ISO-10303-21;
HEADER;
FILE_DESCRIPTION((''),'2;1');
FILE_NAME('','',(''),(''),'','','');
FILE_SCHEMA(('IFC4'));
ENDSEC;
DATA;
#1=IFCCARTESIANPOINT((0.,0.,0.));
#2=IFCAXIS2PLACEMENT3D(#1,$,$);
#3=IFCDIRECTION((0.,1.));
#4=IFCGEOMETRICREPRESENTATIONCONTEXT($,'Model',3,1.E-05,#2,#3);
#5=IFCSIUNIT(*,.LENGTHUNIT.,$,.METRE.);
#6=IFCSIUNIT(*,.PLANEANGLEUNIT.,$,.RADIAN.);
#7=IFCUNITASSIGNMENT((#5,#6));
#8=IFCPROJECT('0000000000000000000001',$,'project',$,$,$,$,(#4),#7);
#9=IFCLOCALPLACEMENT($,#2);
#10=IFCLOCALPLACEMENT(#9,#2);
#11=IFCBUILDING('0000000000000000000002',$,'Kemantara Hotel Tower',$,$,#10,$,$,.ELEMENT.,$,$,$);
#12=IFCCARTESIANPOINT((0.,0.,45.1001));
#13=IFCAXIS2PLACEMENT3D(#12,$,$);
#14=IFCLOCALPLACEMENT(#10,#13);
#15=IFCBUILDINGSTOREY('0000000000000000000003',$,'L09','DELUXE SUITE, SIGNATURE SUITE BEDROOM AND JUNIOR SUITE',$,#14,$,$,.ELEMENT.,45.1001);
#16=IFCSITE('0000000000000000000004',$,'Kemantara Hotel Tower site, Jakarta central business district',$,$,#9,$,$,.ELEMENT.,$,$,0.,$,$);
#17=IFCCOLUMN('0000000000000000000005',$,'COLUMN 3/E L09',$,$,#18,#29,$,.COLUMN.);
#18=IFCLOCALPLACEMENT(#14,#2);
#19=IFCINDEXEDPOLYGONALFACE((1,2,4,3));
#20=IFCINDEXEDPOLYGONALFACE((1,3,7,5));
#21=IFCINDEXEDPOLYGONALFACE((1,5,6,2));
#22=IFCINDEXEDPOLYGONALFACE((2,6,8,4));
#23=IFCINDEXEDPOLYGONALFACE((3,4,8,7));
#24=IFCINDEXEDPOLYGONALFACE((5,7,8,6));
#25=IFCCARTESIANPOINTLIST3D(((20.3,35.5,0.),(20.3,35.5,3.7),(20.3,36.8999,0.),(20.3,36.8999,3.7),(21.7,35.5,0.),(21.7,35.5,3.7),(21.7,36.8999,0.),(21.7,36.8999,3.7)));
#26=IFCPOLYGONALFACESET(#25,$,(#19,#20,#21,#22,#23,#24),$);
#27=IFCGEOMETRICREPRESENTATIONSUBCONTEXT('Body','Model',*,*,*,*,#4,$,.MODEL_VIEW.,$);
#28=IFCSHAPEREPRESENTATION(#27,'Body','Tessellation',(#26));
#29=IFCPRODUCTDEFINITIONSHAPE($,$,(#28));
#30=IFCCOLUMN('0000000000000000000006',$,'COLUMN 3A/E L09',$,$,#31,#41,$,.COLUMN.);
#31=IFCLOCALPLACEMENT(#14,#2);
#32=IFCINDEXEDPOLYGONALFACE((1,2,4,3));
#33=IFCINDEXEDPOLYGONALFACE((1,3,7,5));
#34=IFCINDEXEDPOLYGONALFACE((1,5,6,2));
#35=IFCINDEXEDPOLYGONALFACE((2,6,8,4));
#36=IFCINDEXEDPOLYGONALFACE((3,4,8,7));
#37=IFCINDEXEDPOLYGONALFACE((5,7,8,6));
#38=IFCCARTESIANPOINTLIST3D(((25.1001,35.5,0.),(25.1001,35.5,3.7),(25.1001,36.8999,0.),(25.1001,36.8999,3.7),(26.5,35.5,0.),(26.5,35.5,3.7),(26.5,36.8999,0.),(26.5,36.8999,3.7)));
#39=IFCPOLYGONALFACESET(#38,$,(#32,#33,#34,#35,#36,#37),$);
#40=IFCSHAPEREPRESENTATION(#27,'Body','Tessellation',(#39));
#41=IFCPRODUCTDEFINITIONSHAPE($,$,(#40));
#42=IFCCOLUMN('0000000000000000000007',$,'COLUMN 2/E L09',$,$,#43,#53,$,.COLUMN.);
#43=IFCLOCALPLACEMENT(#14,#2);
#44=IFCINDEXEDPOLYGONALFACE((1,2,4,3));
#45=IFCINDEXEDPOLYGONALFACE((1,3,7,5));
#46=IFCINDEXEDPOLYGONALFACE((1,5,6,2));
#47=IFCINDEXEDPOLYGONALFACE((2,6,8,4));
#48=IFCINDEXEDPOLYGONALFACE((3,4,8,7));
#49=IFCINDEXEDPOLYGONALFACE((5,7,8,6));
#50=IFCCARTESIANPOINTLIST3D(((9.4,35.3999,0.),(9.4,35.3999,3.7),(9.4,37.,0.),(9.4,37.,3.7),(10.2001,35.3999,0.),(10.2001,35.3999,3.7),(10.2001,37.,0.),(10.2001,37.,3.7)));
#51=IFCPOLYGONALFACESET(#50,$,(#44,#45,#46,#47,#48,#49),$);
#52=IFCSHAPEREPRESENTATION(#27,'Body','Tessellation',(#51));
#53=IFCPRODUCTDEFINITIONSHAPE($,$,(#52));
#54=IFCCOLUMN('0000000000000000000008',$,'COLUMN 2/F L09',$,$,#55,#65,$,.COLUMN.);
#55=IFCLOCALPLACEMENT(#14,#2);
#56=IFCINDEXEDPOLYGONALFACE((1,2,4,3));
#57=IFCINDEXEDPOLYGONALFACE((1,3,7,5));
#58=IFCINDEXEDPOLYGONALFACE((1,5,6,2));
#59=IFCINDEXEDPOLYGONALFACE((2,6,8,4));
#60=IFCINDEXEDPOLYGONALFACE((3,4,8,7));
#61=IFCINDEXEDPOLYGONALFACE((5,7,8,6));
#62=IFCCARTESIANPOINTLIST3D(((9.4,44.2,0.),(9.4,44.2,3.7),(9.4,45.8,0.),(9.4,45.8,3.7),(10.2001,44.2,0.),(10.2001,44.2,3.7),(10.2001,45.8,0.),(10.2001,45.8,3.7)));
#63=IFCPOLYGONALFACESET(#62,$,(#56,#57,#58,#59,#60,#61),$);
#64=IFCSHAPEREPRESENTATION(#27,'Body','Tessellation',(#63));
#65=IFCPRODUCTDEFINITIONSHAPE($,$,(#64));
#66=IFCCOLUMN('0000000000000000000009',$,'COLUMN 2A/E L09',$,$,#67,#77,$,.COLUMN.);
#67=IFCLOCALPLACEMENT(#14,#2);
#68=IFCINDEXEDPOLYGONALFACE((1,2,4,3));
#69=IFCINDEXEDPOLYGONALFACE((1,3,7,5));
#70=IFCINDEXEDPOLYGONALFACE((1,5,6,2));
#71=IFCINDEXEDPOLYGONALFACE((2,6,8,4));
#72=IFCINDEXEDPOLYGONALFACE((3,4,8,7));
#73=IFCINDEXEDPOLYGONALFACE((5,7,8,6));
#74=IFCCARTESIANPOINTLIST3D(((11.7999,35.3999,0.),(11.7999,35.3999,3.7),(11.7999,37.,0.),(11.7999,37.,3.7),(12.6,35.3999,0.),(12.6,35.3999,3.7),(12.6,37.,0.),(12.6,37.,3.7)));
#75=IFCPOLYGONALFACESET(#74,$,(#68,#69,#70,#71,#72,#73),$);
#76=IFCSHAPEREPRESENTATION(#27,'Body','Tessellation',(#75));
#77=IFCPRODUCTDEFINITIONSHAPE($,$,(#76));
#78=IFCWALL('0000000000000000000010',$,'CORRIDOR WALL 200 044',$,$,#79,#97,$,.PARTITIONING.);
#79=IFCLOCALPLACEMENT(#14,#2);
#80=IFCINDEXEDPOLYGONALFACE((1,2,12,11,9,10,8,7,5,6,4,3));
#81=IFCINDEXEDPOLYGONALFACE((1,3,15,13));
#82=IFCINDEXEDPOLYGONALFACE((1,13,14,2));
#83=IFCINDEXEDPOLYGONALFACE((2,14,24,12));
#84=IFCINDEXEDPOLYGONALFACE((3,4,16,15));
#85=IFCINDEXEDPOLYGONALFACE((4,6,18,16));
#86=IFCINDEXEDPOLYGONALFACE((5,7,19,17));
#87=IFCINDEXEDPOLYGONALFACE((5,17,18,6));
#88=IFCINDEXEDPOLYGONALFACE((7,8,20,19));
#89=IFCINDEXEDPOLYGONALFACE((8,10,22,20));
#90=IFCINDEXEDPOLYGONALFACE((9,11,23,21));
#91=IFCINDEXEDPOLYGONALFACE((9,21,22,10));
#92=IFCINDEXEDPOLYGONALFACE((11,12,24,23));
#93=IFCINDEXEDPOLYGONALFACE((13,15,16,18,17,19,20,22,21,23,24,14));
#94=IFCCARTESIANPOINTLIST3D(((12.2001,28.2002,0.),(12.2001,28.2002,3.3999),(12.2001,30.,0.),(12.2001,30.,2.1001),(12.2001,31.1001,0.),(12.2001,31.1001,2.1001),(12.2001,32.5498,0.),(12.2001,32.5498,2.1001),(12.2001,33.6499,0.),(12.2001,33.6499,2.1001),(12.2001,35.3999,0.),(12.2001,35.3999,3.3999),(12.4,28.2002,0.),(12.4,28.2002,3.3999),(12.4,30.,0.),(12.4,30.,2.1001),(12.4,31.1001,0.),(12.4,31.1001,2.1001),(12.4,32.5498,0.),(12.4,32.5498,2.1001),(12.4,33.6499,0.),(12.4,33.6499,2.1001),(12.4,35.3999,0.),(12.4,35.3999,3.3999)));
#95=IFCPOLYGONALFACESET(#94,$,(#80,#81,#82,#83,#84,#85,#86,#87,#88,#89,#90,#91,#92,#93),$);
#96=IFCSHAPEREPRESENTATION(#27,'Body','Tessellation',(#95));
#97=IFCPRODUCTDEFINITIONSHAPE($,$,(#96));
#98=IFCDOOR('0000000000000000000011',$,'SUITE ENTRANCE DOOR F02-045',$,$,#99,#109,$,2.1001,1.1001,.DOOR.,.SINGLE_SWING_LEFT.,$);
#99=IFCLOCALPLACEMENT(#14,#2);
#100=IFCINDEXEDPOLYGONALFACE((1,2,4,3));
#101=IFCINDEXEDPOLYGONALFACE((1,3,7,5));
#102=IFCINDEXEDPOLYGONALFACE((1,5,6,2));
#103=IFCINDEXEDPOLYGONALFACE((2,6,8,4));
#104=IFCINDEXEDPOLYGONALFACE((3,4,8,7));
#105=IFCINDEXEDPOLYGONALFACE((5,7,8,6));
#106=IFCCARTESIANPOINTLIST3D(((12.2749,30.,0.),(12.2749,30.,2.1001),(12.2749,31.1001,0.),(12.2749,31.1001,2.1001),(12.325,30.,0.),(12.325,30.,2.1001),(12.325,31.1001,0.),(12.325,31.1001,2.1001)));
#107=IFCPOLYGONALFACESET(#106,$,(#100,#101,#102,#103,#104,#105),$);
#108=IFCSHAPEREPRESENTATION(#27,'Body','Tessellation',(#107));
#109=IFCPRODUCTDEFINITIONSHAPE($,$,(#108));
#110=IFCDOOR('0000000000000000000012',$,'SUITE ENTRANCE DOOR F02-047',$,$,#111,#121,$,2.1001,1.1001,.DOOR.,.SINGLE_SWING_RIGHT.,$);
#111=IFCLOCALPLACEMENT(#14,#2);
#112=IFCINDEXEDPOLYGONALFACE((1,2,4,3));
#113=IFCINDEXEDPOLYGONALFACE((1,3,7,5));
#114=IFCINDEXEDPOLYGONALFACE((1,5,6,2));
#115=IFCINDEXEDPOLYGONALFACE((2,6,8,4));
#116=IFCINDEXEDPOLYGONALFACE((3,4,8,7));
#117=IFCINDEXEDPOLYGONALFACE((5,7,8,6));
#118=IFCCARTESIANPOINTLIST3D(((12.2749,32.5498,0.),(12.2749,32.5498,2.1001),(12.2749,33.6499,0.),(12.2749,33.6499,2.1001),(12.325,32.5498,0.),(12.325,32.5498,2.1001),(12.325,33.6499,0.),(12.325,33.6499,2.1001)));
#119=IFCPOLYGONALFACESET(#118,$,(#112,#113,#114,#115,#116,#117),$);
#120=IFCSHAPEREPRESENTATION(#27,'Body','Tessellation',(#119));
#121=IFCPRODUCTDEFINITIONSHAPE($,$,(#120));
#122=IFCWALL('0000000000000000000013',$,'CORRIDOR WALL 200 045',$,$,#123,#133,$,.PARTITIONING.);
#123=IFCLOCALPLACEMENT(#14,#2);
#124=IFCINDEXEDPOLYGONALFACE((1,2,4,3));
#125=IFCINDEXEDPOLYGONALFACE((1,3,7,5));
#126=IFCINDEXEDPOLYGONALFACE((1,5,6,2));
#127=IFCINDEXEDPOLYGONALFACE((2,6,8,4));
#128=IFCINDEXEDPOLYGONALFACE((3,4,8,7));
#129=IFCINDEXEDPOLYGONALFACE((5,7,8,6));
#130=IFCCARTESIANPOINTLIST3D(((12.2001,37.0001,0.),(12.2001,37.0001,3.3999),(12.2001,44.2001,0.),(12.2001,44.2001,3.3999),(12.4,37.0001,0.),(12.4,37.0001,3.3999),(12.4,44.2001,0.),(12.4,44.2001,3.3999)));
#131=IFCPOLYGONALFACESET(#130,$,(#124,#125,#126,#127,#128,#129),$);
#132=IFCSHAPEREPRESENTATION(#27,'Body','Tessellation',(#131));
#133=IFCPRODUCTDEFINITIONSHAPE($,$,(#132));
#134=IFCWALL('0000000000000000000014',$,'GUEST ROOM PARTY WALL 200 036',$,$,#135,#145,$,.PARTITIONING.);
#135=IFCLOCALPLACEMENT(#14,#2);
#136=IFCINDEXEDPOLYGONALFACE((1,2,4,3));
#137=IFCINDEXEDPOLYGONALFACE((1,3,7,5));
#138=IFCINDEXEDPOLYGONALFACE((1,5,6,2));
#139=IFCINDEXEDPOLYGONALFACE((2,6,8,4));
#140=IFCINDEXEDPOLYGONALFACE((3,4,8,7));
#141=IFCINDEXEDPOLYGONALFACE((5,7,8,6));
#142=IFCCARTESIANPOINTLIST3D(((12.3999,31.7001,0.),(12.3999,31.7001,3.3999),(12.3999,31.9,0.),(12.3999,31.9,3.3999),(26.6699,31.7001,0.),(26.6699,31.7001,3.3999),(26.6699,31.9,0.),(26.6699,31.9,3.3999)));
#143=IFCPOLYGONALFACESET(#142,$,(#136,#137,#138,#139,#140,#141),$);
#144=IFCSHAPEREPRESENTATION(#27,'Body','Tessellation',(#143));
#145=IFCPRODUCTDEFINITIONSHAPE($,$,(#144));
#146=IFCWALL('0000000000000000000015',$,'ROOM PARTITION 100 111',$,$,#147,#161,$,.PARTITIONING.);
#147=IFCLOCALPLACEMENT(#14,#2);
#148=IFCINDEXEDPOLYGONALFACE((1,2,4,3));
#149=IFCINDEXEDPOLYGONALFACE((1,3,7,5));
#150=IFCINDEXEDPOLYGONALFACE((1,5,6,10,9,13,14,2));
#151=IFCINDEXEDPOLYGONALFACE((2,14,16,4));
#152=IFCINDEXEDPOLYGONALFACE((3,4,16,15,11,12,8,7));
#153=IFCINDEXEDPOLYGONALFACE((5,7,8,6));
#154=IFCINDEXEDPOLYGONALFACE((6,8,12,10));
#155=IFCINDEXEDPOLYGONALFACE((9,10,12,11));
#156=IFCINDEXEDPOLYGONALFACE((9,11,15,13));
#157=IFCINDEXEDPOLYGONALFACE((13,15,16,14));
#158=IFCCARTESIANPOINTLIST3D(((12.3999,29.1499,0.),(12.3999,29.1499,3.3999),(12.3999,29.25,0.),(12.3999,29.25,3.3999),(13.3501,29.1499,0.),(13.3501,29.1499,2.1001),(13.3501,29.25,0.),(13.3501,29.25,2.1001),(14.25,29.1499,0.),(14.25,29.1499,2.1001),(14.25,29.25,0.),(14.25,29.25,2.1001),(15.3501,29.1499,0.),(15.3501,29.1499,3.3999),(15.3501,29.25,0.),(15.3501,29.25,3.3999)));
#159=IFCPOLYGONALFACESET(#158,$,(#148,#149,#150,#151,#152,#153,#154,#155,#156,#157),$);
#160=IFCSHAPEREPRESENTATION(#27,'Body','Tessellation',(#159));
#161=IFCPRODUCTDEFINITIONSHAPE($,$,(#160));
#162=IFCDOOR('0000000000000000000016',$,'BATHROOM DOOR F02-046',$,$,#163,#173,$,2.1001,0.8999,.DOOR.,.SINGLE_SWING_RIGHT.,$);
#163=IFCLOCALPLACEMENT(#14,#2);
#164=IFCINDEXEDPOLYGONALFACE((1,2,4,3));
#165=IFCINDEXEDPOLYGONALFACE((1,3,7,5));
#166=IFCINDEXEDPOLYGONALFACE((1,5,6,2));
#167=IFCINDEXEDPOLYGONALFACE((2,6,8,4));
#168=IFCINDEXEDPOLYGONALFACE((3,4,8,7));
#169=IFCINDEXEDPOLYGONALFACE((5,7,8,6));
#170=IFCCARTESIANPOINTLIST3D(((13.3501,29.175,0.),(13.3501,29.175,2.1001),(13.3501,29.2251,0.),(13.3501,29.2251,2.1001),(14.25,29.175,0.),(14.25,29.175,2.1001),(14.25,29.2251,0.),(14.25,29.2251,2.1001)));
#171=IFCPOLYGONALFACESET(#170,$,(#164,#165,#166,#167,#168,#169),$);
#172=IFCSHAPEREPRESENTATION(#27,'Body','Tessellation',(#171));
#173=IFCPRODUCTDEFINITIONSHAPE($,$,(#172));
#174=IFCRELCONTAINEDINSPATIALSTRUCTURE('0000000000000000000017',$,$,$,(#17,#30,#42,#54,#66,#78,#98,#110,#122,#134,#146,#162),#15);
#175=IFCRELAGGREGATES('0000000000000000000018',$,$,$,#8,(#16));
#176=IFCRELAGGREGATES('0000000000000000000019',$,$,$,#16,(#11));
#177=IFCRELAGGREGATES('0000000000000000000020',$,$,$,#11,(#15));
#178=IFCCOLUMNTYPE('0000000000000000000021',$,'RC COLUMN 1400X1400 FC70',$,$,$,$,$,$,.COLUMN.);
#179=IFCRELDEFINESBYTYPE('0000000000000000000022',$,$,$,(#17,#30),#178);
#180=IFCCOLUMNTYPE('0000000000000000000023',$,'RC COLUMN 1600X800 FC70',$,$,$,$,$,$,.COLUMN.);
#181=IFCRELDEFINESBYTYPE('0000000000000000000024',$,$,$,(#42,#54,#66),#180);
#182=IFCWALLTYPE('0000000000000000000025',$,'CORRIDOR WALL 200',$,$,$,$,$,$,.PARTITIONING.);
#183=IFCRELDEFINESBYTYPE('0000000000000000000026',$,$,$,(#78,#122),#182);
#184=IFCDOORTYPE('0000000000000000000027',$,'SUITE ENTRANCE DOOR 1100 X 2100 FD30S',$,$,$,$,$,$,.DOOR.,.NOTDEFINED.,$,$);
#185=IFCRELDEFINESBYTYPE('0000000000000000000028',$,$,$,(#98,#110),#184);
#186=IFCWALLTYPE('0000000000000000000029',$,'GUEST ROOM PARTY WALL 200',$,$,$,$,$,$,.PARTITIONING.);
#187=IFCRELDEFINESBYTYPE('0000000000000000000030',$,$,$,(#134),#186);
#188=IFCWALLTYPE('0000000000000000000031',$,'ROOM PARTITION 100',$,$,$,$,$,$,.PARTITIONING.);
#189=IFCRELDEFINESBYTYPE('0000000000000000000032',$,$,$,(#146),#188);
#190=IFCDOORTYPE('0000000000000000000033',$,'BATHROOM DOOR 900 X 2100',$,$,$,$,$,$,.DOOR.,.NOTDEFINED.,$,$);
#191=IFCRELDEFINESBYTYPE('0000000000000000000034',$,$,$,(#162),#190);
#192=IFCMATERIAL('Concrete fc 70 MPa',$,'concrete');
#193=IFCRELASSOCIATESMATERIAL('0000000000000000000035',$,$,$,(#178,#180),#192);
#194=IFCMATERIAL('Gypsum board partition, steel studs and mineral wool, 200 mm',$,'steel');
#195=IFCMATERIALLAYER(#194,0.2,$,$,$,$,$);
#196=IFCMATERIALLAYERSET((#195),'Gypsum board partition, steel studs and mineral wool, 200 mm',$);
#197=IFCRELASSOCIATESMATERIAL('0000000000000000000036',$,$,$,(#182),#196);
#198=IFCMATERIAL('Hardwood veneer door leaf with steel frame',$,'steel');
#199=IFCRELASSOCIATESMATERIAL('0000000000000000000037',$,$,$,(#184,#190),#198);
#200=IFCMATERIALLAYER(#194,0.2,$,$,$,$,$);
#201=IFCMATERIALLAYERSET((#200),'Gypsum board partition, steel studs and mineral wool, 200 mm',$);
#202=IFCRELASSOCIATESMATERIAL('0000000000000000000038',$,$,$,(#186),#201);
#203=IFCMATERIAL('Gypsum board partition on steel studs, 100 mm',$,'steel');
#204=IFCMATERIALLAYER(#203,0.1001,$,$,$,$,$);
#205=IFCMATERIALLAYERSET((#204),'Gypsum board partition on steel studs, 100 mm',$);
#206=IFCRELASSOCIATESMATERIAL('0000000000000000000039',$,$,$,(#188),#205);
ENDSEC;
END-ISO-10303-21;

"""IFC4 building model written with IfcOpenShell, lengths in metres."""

from ifc_helpers import new_model, si_unit, direction, frame, frame_2d, origin, origin_2d, place, context, subcontext, project, spatial, rectangle, extrude, material, layer, layer_set, material_profile, profile_set, type_object, element, fill, save


model = new_model("IFC4")

# Units and contexts
model_context = context("Model", 3, precision=1e-05, world=origin(), true_north=direction((0.0, 1.0)))
body_context = subcontext(model_context, "Body", "Model", "MODEL_VIEW")
ifc_project = project(units=[si_unit("LENGTHUNIT", "METRE"), si_unit("PLANEANGLEUNIT", "RADIAN")], contexts=[model_context])

# Site, building, storey
site_placement = place(None, origin())
site = spatial("IfcSite", under=ifc_project, at=site_placement, Name="Kemantara Hotel Tower site, Jakarta central business district", CompositionType="ELEMENT", RefElevation=0.0)
building_placement = place(site_placement, origin())
building = spatial("IfcBuilding", under=site, at=building_placement, Name="Kemantara Hotel Tower", CompositionType="ELEMENT")
storey_placement = place(building_placement, frame((0.0, 0.0, 45.1001)))
storey = spatial("IfcBuildingStorey", under=building, at=storey_placement, Name="L09", Description="DELUXE SUITE, SIGNATURE SUITE BEDROOM AND JUNIOR SUITE", CompositionType="ELEMENT", Elevation=45.1001)

# Columns
ifc_material_1 = material(Name="Concrete fc 70 MPa", Category="concrete")
ifc_material_profile_1 = material_profile(ifc_material_1, rectangle(XDim=1.3999, YDim=1.3999, at=origin_2d()), Name="RC 1400X1400")
ifc_profile_set_1 = profile_set([ifc_material_profile_1], Name="Concrete fc 70 MPa")
column_type_1 = type_object("IfcColumnType", Name="RC COLUMN 1400X1400 FC70", PredefinedType="COLUMN", material=ifc_profile_set_1)
for number, where, z_axis, x_axis, name in (
    (1, (21.0, 36.2, 0.0), (0.0, 0.0, 1.0), (1.0, 0.0, 0.0), "COLUMN 3/E L09"),
    (2, (25.8, 36.2, 0.0), (0.0, 0.0, 1.0), (1.0, 0.0, 0.0), "COLUMN 3A/E L09"),
):
    element("IfcColumn", number, at=place(storey_placement, frame(where, z_axis=z_axis, x_axis=x_axis)), inside=storey, type_object=column_type_1, Name=name, PredefinedType="COLUMN", context=body_context, shape_type="SweptSolid", body=[
        extrude(rectangle(XDim=1.3999, YDim=1.3999, at=origin_2d()), origin(), (0.0, 0.0, 1.0), 3.7),
    ])
ifc_material_profile_2 = material_profile(ifc_material_1, rectangle(XDim=1.6001, YDim=0.8, at=origin_2d()), Name="RC 1600X800")
ifc_profile_set_2 = profile_set([ifc_material_profile_2], Name="Concrete fc 70 MPa")
column_type_2 = type_object("IfcColumnType", Name="RC COLUMN 1600X800 FC70", PredefinedType="COLUMN", material=ifc_profile_set_2)
for number, where, z_axis, x_axis, name in (
    (3, (9.8, 36.2, 0.0), (0.0, 0.0, 1.0), (0.0, 1.0, 0.0), "COLUMN 2/E L09"),
    (4, (9.8, 45.0, 0.0), (0.0, 0.0, 1.0), (0.0, 1.0, 0.0), "COLUMN 2/F L09"),
    (5, (12.2, 36.2, 0.0), (0.0, 0.0, 1.0), (0.0, 1.0, 0.0), "COLUMN 2A/E L09"),
):
    element("IfcColumn", number, at=place(storey_placement, frame(where, z_axis=z_axis, x_axis=x_axis)), inside=storey, type_object=column_type_2, Name=name, PredefinedType="COLUMN", context=body_context, shape_type="SweptSolid", body=[
        extrude(rectangle(XDim=1.6001, YDim=0.8, at=origin_2d()), origin(), (0.0, 0.0, 1.0), 3.7),
    ])

# Wall, openings, doors
ifc_material_2 = material(Name="Gypsum board partition, steel studs and mineral wool, 200 mm", Category="steel")
ifc_layer_1 = layer(ifc_material_2, 0.2)
ifc_layer_set_1 = layer_set([ifc_layer_1], Name="Gypsum board partition, steel studs and mineral wool, 200 mm")
wall_type_1 = type_object("IfcWallType", Name="CORRIDOR WALL 200", PredefinedType="PARTITIONING", material=ifc_layer_set_1)
wall_1_placement = place(storey_placement, frame((12.3, 35.3999, 0.0), z_axis=(0.0, 0.0, 1.0), x_axis=(0.0, -1.0, 0.0)))
wall_1 = element("IfcWall", 6, at=wall_1_placement, inside=storey, type_object=wall_type_1, Name="CORRIDOR WALL 200 044", PredefinedType="PARTITIONING", context=body_context, shape_type="SweptSolid", body=[
    extrude(rectangle(XDim=7.1997, YDim=0.2, at=frame_2d((3.5999, 0.0))), origin(), (0.0, 0.0, 1.0), 3.3999),
])
opening_1_placement = place(wall_1_placement, frame((4.2998, 0.0, 0.0)))
opening_1 = element("IfcOpeningElement", 7, at=opening_1_placement, cuts=wall_1, PredefinedType="OPENING", context=body_context, shape_type="SweptSolid", body=[
    extrude(rectangle(XDim=1.1001, YDim=2.1001, at=frame_2d((0.55, 1.05))), frame((0.0, 0.1099, 0.0), z_axis=(0.0, -1.0, 0.0), x_axis=(1.0, 0.0, 0.0)), (0.0, 0.0, 1.0), 0.22),
])
opening_2_placement = place(wall_1_placement, frame((1.75, 0.0, 0.0)))
opening_2 = element("IfcOpeningElement", 8, at=opening_2_placement, cuts=wall_1, PredefinedType="OPENING", context=body_context, shape_type="SweptSolid", body=[
    extrude(rectangle(XDim=1.1001, YDim=2.1001, at=frame_2d((0.55, 1.05))), frame((0.0, 0.1099, 0.0), z_axis=(0.0, -1.0, 0.0), x_axis=(1.0, 0.0, 0.0)), (0.0, 0.0, 1.0), 0.22),
])
ifc_material_3 = material(Name="Hardwood veneer door leaf with steel frame", Category="steel")
door_type_1 = type_object("IfcDoorType", Name="SUITE ENTRANCE DOOR 1100 X 2100 FD30S", OperationType="NOTDEFINED", PredefinedType="DOOR", material=ifc_material_3)
door_1_placement = place(opening_1_placement, origin())
door_1 = element("IfcDoor", 9, at=door_1_placement, inside=storey, type_object=door_type_1, Name="SUITE ENTRANCE DOOR F02-045", OperationType="SINGLE_SWING_LEFT", OverallHeight=2.1001, OverallWidth=1.1001, PredefinedType="DOOR", context=body_context, shape_type="SweptSolid", body=[
    extrude(rectangle(XDim=1.1001, YDim=2.1001, at=frame_2d((0.55, 1.05))), frame((0.0, 0.0249, 0.0), z_axis=(0.0, -1.0, 0.0), x_axis=(1.0, 0.0, 0.0)), (0.0, 0.0, 1.0), 0.05),
])
fill(opening_1, door_1)
door_2_placement = place(opening_2_placement, origin())
door_2 = element("IfcDoor", 10, at=door_2_placement, inside=storey, type_object=door_type_1, Name="SUITE ENTRANCE DOOR F02-047", OperationType="SINGLE_SWING_RIGHT", OverallHeight=2.1001, OverallWidth=1.1001, PredefinedType="DOOR", context=body_context, shape_type="SweptSolid", body=[
    extrude(rectangle(XDim=1.1001, YDim=2.1001, at=frame_2d((0.55, 1.05))), frame((0.0, 0.0249, 0.0), z_axis=(0.0, -1.0, 0.0), x_axis=(1.0, 0.0, 0.0)), (0.0, 0.0, 1.0), 0.05),
])
fill(opening_2, door_2)

# Walls
wall_2_placement = place(storey_placement, frame((12.3, 37.0, 0.0), z_axis=(0.0, 0.0, 1.0), x_axis=(0.0, 1.0, 0.0)))
element("IfcWall", 11, at=wall_2_placement, inside=storey, type_object=wall_type_1, Name="CORRIDOR WALL 200 045", PredefinedType="PARTITIONING", context=body_context, shape_type="SweptSolid", body=[
    extrude(rectangle(XDim=7.2, YDim=0.2, at=frame_2d((3.6001, 0.0))), origin(), (0.0, 0.0, 1.0), 3.3999),
])
ifc_layer_2 = layer(ifc_material_2, 0.2)
ifc_layer_set_2 = layer_set([ifc_layer_2], Name="Gypsum board partition, steel studs and mineral wool, 200 mm")
wall_type_2 = type_object("IfcWallType", Name="GUEST ROOM PARTY WALL 200", PredefinedType="PARTITIONING", material=ifc_layer_set_2)
wall_3_placement = place(storey_placement, frame((12.3999, 31.8, 0.0), z_axis=(0.0, 0.0, 1.0), x_axis=(1.0, 0.0, 0.0)))
element("IfcWall", 12, at=wall_3_placement, inside=storey, type_object=wall_type_2, Name="GUEST ROOM PARTY WALL 200 036", PredefinedType="PARTITIONING", context=body_context, shape_type="SweptSolid", body=[
    extrude(rectangle(XDim=14.27, YDim=0.2, at=frame_2d((7.135, 0.0))), origin(), (0.0, 0.0, 1.0), 3.3999),
])

# Wall, opening, door
ifc_material_4 = material(Name="Gypsum board partition on steel studs, 100 mm", Category="steel")
ifc_layer_3 = layer(ifc_material_4, 0.1001)
ifc_layer_set_3 = layer_set([ifc_layer_3], Name="Gypsum board partition on steel studs, 100 mm")
wall_type_3 = type_object("IfcWallType", Name="ROOM PARTITION 100", PredefinedType="PARTITIONING", material=ifc_layer_set_3)
wall_4_placement = place(storey_placement, frame((15.3501, 29.2, 0.0), z_axis=(0.0, 0.0, 1.0), x_axis=(-1.0, 0.0, 0.0)))
wall_4 = element("IfcWall", 13, at=wall_4_placement, inside=storey, type_object=wall_type_3, Name="ROOM PARTITION 100 111", PredefinedType="PARTITIONING", context=body_context, shape_type="SweptSolid", body=[
    extrude(rectangle(XDim=2.9502, YDim=0.1001, at=frame_2d((1.4751, 0.0))), origin(), (0.0, 0.0, 1.0), 3.3999),
])
opening_3_placement = place(wall_4_placement, frame((1.1001, 0.0, 0.0)))
opening_3 = element("IfcOpeningElement", 14, at=opening_3_placement, cuts=wall_4, PredefinedType="OPENING", context=body_context, shape_type="SweptSolid", body=[
    extrude(rectangle(XDim=0.8999, YDim=2.1001, at=frame_2d((0.45, 1.05))), frame((0.0, 0.0601, 0.0), z_axis=(0.0, -1.0, 0.0), x_axis=(1.0, 0.0, 0.0)), (0.0, 0.0, 1.0), 0.1201),
])
door_type_2 = type_object("IfcDoorType", Name="BATHROOM DOOR 900 X 2100", OperationType="NOTDEFINED", PredefinedType="DOOR", material=ifc_material_3)
door_3_placement = place(opening_3_placement, origin())
door_3 = element("IfcDoor", 15, at=door_3_placement, inside=storey, type_object=door_type_2, Name="BATHROOM DOOR F02-046", OperationType="SINGLE_SWING_RIGHT", OverallHeight=2.1001, OverallWidth=0.8999, PredefinedType="DOOR", context=body_context, shape_type="SweptSolid", body=[
    extrude(rectangle(XDim=0.8999, YDim=2.1001, at=frame_2d((0.45, 1.05))), frame((0.0, 0.0249, 0.0), z_axis=(0.0, -1.0, 0.0), x_axis=(1.0, 0.0, 0.0)), (0.0, 0.0, 1.0), 0.05),
])
fill(opening_3, door_3)

save(model, "model.ifc")
